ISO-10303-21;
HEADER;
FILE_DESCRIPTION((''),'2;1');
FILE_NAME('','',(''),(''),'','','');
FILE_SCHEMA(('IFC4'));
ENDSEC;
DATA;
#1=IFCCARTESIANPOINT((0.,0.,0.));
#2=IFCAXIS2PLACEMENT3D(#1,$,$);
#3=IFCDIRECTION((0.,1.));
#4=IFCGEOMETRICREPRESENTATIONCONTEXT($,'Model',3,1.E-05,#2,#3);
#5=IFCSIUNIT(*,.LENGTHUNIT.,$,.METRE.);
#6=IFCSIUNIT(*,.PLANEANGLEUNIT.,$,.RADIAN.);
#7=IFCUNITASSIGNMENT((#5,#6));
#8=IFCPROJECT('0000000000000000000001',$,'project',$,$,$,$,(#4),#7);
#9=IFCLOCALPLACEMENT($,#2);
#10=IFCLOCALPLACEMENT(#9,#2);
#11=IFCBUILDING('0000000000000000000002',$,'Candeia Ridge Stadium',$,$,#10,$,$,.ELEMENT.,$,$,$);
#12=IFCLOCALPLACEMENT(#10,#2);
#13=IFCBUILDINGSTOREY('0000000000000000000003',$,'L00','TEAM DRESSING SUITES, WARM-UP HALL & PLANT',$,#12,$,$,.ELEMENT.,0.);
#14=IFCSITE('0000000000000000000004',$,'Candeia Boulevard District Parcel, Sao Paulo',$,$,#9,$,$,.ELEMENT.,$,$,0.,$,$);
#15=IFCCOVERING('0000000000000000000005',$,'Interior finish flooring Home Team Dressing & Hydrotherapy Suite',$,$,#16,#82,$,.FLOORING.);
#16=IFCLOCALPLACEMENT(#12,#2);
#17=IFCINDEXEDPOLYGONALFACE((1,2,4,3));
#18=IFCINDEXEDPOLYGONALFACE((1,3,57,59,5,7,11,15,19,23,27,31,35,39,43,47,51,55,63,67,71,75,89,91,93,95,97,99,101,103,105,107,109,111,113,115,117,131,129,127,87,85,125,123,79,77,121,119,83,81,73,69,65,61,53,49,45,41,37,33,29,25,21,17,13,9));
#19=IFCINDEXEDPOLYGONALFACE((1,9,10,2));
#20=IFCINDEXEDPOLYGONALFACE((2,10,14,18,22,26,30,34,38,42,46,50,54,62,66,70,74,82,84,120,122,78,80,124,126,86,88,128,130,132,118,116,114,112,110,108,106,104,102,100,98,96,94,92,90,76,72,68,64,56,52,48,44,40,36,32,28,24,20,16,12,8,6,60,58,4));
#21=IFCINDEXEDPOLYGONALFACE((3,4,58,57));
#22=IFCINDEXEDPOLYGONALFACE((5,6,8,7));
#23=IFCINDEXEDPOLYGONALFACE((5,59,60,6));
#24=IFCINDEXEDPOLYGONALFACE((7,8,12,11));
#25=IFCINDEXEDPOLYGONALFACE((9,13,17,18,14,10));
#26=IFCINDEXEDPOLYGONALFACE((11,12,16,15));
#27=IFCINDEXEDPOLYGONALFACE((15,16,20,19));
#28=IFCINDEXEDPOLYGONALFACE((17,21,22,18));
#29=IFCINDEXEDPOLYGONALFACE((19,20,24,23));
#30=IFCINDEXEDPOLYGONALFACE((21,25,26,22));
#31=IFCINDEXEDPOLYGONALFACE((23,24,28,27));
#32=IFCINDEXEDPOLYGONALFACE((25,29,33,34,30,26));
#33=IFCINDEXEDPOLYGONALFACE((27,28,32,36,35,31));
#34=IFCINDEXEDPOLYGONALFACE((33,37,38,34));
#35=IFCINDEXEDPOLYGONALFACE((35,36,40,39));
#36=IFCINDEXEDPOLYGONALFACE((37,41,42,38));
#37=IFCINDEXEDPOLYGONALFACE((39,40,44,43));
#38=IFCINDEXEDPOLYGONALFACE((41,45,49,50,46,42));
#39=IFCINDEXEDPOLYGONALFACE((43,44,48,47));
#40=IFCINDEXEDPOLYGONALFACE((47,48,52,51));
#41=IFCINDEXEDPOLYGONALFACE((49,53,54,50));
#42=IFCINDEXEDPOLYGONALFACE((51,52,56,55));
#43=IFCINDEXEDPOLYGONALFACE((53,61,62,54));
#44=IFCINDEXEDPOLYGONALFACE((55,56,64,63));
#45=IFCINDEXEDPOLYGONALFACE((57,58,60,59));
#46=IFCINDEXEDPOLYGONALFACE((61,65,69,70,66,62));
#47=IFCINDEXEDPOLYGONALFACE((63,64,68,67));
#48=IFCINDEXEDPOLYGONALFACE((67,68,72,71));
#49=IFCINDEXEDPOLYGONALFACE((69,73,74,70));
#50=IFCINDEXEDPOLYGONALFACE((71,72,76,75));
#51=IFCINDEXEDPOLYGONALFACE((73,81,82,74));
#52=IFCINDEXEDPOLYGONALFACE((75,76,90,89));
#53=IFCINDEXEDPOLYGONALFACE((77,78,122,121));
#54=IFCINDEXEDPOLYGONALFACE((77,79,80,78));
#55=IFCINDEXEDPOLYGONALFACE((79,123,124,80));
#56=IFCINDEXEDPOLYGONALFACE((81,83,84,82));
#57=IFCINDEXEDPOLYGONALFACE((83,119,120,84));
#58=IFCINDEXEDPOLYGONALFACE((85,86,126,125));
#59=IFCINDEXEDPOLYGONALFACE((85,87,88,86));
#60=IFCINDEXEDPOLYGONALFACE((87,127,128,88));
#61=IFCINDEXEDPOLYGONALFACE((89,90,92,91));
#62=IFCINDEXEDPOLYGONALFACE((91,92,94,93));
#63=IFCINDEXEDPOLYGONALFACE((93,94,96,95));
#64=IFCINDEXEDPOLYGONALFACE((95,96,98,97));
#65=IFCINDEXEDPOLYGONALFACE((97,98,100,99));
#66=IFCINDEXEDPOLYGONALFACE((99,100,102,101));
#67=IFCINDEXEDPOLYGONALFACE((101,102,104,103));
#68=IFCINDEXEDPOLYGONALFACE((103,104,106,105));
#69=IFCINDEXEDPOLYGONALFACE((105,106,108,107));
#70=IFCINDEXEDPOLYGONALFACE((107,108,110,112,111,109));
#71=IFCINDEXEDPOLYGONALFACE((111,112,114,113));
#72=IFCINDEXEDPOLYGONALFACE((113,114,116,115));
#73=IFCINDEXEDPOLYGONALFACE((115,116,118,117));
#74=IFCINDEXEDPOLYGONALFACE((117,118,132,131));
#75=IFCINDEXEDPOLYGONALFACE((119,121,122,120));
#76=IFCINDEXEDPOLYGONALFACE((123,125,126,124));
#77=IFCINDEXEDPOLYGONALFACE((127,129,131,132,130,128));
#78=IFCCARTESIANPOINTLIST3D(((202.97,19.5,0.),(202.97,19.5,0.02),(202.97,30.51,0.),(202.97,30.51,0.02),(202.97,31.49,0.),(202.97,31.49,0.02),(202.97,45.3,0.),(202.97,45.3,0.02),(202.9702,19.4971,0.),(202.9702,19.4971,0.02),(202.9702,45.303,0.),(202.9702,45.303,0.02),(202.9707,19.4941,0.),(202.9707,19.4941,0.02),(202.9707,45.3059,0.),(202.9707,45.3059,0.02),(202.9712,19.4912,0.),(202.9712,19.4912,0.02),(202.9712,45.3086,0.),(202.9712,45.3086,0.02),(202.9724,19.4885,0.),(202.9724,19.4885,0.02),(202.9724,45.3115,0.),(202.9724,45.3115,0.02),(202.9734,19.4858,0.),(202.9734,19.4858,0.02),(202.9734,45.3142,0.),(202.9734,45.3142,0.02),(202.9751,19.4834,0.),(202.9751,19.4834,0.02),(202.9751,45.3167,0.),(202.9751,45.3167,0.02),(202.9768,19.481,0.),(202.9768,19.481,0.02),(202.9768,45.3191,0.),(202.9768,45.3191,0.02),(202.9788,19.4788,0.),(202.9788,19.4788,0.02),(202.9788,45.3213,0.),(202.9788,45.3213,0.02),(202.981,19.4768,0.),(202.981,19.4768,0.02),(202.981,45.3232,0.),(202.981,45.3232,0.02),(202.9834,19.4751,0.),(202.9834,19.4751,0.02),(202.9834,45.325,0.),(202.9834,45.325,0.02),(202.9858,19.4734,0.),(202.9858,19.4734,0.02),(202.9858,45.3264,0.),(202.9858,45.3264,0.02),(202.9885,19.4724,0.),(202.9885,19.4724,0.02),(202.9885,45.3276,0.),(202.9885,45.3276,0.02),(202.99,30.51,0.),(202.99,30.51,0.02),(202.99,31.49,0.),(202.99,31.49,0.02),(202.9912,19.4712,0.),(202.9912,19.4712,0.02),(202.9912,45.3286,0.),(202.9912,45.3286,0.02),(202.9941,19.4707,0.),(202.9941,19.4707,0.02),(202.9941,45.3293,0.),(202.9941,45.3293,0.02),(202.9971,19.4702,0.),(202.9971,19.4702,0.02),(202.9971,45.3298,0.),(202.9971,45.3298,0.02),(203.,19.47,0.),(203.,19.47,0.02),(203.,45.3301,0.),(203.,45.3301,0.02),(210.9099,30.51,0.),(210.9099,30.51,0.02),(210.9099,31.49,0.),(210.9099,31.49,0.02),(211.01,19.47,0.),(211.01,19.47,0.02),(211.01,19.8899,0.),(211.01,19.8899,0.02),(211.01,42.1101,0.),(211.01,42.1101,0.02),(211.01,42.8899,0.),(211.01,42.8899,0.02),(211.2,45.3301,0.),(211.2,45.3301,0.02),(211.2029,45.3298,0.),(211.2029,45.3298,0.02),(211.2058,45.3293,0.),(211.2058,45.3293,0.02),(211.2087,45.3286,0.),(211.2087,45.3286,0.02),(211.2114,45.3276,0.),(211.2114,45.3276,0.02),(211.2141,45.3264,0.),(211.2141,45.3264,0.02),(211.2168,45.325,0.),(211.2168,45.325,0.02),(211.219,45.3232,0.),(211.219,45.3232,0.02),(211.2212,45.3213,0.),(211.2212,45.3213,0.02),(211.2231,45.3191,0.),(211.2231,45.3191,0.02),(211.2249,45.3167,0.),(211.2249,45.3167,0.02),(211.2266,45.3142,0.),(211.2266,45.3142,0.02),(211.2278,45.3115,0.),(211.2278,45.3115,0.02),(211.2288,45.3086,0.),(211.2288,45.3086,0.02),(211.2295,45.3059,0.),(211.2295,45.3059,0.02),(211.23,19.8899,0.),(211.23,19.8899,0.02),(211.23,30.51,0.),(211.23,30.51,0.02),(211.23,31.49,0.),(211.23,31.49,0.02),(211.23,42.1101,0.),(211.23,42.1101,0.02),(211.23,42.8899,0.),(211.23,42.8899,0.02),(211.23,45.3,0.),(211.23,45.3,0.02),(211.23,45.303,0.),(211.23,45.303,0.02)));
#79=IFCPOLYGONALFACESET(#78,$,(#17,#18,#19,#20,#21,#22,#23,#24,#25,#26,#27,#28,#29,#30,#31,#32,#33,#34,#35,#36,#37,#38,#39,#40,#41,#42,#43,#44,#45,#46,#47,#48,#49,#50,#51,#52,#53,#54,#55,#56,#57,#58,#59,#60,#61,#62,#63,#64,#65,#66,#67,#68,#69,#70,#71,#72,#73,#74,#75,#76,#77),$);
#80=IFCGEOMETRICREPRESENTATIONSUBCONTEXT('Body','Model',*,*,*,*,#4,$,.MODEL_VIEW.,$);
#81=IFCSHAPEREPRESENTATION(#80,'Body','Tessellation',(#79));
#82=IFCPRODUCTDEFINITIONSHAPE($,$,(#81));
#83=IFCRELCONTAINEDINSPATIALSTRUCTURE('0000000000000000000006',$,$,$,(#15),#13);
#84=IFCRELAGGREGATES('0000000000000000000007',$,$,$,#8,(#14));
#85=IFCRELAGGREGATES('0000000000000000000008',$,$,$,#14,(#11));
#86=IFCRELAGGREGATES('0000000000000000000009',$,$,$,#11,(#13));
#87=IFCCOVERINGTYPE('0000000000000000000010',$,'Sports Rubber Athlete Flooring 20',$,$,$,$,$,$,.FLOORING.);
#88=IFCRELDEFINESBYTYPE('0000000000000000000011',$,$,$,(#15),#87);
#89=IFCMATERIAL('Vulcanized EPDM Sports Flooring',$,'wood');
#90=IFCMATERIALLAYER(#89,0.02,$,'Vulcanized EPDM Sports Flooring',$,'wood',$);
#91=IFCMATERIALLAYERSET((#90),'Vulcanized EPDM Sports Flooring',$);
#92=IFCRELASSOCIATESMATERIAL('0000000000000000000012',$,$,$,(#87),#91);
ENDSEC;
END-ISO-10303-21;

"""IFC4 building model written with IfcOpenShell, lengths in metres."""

from ifc_helpers import new_model, si_unit, direction, origin, place, context, subcontext, project, spatial, polyline, outline, extrude, material, layer, layer_set, type_object, element, save


model = new_model("IFC4")

# Units and contexts
model_context = context("Model", 3, precision=1e-05, world=origin(), true_north=direction((0.0, 1.0)))
body_context = subcontext(model_context, "Body", "Model", "MODEL_VIEW")
ifc_project = project(units=[si_unit("LENGTHUNIT", "METRE"), si_unit("PLANEANGLEUNIT", "RADIAN")], contexts=[model_context])

# Site, building, storey
site_placement = place(None, origin())
site = spatial("IfcSite", under=ifc_project, at=site_placement, Name="Candeia Boulevard District Parcel, Sao Paulo", CompositionType="ELEMENT", RefElevation=0.0)
building_placement = place(site_placement, origin())
building = spatial("IfcBuilding", under=site, at=building_placement, Name="Candeia Ridge Stadium", CompositionType="ELEMENT")
storey_placement = place(building_placement, origin())
storey = spatial("IfcBuildingStorey", under=building, at=storey_placement, Name="L00", Description="TEAM DRESSING SUITES, WARM-UP HALL & PLANT", CompositionType="ELEMENT", Elevation=0.0)

# Covering
ifc_material_1 = material(Name="Vulcanized EPDM Sports Flooring", Category="wood")
ifc_layer_1 = layer(ifc_material_1, 0.02, Name="Vulcanized EPDM Sports Flooring", Category="wood")
ifc_layer_set_1 = layer_set([ifc_layer_1], Name="Vulcanized EPDM Sports Flooring")
covering_type_1 = type_object("IfcCoveringType", Name="Sports Rubber Athlete Flooring 20", PredefinedType="FLOORING", material=ifc_layer_set_1)
covering_1_placement = place(storey_placement, origin())
element("IfcCovering", 1, at=covering_1_placement, inside=storey, type_object=covering_type_1, Name="Interior finish flooring Home Team Dressing & Hydrotherapy Suite", PredefinedType="FLOORING", context=body_context, shape_type="SweptSolid", body=[
    extrude(outline(polyline([(202.9941, 19.4707), (202.9912, 19.4712), (202.9885, 19.4724), (202.9858, 19.4734), (202.9834, 19.4751), (202.981, 19.4768), (202.9788, 19.4788), (202.9768, 19.481), (202.9751, 19.4834), (202.9734, 19.4858), (202.9724, 19.4885), (202.9712, 19.4912), (202.9707, 19.4941), (202.9702, 19.4971), (202.97, 19.5), (202.97, 30.51), (202.99, 30.51), (202.99, 31.49), (202.97, 31.49), (202.97, 45.3), (202.9702, 45.303), (202.9707, 45.3059), (202.9712, 45.3086), (202.9724, 45.3115), (202.9734, 45.3142), (202.9751, 45.3167), (202.9768, 45.3191), (202.9788, 45.3213), (202.981, 45.3232), (202.9834, 45.325), (202.9858, 45.3264), (202.9885, 45.3276), (202.9912, 45.3286), (202.9941, 45.3293), (202.9971, 45.3298), (203.0, 45.3301), (211.2, 45.3301), (211.2029, 45.3298), (211.2058, 45.3293), (211.2087, 45.3286), (211.2114, 45.3276), (211.2141, 45.3264), (211.2168, 45.325), (211.219, 45.3232), (211.2212, 45.3213), (211.2231, 45.3191), (211.2249, 45.3167), (211.2266, 45.3142), (211.2278, 45.3115), (211.2288, 45.3086), (211.2295, 45.3059), (211.23, 45.303), (211.23, 45.3), (211.23, 42.8899), (211.01, 42.8899), (211.01, 42.1101), (211.23, 42.1101), (211.23, 31.49), (210.9099, 31.49), (210.9099, 30.51), (211.23, 30.51), (211.23, 19.8899), (211.01, 19.8899), (211.01, 19.47), (203.0, 19.47), (202.9971, 19.4702), (202.9941, 19.4707)])), origin(), (0.0, 0.0, 1.0), 0.02),
])

save(model, "model.ifc")
